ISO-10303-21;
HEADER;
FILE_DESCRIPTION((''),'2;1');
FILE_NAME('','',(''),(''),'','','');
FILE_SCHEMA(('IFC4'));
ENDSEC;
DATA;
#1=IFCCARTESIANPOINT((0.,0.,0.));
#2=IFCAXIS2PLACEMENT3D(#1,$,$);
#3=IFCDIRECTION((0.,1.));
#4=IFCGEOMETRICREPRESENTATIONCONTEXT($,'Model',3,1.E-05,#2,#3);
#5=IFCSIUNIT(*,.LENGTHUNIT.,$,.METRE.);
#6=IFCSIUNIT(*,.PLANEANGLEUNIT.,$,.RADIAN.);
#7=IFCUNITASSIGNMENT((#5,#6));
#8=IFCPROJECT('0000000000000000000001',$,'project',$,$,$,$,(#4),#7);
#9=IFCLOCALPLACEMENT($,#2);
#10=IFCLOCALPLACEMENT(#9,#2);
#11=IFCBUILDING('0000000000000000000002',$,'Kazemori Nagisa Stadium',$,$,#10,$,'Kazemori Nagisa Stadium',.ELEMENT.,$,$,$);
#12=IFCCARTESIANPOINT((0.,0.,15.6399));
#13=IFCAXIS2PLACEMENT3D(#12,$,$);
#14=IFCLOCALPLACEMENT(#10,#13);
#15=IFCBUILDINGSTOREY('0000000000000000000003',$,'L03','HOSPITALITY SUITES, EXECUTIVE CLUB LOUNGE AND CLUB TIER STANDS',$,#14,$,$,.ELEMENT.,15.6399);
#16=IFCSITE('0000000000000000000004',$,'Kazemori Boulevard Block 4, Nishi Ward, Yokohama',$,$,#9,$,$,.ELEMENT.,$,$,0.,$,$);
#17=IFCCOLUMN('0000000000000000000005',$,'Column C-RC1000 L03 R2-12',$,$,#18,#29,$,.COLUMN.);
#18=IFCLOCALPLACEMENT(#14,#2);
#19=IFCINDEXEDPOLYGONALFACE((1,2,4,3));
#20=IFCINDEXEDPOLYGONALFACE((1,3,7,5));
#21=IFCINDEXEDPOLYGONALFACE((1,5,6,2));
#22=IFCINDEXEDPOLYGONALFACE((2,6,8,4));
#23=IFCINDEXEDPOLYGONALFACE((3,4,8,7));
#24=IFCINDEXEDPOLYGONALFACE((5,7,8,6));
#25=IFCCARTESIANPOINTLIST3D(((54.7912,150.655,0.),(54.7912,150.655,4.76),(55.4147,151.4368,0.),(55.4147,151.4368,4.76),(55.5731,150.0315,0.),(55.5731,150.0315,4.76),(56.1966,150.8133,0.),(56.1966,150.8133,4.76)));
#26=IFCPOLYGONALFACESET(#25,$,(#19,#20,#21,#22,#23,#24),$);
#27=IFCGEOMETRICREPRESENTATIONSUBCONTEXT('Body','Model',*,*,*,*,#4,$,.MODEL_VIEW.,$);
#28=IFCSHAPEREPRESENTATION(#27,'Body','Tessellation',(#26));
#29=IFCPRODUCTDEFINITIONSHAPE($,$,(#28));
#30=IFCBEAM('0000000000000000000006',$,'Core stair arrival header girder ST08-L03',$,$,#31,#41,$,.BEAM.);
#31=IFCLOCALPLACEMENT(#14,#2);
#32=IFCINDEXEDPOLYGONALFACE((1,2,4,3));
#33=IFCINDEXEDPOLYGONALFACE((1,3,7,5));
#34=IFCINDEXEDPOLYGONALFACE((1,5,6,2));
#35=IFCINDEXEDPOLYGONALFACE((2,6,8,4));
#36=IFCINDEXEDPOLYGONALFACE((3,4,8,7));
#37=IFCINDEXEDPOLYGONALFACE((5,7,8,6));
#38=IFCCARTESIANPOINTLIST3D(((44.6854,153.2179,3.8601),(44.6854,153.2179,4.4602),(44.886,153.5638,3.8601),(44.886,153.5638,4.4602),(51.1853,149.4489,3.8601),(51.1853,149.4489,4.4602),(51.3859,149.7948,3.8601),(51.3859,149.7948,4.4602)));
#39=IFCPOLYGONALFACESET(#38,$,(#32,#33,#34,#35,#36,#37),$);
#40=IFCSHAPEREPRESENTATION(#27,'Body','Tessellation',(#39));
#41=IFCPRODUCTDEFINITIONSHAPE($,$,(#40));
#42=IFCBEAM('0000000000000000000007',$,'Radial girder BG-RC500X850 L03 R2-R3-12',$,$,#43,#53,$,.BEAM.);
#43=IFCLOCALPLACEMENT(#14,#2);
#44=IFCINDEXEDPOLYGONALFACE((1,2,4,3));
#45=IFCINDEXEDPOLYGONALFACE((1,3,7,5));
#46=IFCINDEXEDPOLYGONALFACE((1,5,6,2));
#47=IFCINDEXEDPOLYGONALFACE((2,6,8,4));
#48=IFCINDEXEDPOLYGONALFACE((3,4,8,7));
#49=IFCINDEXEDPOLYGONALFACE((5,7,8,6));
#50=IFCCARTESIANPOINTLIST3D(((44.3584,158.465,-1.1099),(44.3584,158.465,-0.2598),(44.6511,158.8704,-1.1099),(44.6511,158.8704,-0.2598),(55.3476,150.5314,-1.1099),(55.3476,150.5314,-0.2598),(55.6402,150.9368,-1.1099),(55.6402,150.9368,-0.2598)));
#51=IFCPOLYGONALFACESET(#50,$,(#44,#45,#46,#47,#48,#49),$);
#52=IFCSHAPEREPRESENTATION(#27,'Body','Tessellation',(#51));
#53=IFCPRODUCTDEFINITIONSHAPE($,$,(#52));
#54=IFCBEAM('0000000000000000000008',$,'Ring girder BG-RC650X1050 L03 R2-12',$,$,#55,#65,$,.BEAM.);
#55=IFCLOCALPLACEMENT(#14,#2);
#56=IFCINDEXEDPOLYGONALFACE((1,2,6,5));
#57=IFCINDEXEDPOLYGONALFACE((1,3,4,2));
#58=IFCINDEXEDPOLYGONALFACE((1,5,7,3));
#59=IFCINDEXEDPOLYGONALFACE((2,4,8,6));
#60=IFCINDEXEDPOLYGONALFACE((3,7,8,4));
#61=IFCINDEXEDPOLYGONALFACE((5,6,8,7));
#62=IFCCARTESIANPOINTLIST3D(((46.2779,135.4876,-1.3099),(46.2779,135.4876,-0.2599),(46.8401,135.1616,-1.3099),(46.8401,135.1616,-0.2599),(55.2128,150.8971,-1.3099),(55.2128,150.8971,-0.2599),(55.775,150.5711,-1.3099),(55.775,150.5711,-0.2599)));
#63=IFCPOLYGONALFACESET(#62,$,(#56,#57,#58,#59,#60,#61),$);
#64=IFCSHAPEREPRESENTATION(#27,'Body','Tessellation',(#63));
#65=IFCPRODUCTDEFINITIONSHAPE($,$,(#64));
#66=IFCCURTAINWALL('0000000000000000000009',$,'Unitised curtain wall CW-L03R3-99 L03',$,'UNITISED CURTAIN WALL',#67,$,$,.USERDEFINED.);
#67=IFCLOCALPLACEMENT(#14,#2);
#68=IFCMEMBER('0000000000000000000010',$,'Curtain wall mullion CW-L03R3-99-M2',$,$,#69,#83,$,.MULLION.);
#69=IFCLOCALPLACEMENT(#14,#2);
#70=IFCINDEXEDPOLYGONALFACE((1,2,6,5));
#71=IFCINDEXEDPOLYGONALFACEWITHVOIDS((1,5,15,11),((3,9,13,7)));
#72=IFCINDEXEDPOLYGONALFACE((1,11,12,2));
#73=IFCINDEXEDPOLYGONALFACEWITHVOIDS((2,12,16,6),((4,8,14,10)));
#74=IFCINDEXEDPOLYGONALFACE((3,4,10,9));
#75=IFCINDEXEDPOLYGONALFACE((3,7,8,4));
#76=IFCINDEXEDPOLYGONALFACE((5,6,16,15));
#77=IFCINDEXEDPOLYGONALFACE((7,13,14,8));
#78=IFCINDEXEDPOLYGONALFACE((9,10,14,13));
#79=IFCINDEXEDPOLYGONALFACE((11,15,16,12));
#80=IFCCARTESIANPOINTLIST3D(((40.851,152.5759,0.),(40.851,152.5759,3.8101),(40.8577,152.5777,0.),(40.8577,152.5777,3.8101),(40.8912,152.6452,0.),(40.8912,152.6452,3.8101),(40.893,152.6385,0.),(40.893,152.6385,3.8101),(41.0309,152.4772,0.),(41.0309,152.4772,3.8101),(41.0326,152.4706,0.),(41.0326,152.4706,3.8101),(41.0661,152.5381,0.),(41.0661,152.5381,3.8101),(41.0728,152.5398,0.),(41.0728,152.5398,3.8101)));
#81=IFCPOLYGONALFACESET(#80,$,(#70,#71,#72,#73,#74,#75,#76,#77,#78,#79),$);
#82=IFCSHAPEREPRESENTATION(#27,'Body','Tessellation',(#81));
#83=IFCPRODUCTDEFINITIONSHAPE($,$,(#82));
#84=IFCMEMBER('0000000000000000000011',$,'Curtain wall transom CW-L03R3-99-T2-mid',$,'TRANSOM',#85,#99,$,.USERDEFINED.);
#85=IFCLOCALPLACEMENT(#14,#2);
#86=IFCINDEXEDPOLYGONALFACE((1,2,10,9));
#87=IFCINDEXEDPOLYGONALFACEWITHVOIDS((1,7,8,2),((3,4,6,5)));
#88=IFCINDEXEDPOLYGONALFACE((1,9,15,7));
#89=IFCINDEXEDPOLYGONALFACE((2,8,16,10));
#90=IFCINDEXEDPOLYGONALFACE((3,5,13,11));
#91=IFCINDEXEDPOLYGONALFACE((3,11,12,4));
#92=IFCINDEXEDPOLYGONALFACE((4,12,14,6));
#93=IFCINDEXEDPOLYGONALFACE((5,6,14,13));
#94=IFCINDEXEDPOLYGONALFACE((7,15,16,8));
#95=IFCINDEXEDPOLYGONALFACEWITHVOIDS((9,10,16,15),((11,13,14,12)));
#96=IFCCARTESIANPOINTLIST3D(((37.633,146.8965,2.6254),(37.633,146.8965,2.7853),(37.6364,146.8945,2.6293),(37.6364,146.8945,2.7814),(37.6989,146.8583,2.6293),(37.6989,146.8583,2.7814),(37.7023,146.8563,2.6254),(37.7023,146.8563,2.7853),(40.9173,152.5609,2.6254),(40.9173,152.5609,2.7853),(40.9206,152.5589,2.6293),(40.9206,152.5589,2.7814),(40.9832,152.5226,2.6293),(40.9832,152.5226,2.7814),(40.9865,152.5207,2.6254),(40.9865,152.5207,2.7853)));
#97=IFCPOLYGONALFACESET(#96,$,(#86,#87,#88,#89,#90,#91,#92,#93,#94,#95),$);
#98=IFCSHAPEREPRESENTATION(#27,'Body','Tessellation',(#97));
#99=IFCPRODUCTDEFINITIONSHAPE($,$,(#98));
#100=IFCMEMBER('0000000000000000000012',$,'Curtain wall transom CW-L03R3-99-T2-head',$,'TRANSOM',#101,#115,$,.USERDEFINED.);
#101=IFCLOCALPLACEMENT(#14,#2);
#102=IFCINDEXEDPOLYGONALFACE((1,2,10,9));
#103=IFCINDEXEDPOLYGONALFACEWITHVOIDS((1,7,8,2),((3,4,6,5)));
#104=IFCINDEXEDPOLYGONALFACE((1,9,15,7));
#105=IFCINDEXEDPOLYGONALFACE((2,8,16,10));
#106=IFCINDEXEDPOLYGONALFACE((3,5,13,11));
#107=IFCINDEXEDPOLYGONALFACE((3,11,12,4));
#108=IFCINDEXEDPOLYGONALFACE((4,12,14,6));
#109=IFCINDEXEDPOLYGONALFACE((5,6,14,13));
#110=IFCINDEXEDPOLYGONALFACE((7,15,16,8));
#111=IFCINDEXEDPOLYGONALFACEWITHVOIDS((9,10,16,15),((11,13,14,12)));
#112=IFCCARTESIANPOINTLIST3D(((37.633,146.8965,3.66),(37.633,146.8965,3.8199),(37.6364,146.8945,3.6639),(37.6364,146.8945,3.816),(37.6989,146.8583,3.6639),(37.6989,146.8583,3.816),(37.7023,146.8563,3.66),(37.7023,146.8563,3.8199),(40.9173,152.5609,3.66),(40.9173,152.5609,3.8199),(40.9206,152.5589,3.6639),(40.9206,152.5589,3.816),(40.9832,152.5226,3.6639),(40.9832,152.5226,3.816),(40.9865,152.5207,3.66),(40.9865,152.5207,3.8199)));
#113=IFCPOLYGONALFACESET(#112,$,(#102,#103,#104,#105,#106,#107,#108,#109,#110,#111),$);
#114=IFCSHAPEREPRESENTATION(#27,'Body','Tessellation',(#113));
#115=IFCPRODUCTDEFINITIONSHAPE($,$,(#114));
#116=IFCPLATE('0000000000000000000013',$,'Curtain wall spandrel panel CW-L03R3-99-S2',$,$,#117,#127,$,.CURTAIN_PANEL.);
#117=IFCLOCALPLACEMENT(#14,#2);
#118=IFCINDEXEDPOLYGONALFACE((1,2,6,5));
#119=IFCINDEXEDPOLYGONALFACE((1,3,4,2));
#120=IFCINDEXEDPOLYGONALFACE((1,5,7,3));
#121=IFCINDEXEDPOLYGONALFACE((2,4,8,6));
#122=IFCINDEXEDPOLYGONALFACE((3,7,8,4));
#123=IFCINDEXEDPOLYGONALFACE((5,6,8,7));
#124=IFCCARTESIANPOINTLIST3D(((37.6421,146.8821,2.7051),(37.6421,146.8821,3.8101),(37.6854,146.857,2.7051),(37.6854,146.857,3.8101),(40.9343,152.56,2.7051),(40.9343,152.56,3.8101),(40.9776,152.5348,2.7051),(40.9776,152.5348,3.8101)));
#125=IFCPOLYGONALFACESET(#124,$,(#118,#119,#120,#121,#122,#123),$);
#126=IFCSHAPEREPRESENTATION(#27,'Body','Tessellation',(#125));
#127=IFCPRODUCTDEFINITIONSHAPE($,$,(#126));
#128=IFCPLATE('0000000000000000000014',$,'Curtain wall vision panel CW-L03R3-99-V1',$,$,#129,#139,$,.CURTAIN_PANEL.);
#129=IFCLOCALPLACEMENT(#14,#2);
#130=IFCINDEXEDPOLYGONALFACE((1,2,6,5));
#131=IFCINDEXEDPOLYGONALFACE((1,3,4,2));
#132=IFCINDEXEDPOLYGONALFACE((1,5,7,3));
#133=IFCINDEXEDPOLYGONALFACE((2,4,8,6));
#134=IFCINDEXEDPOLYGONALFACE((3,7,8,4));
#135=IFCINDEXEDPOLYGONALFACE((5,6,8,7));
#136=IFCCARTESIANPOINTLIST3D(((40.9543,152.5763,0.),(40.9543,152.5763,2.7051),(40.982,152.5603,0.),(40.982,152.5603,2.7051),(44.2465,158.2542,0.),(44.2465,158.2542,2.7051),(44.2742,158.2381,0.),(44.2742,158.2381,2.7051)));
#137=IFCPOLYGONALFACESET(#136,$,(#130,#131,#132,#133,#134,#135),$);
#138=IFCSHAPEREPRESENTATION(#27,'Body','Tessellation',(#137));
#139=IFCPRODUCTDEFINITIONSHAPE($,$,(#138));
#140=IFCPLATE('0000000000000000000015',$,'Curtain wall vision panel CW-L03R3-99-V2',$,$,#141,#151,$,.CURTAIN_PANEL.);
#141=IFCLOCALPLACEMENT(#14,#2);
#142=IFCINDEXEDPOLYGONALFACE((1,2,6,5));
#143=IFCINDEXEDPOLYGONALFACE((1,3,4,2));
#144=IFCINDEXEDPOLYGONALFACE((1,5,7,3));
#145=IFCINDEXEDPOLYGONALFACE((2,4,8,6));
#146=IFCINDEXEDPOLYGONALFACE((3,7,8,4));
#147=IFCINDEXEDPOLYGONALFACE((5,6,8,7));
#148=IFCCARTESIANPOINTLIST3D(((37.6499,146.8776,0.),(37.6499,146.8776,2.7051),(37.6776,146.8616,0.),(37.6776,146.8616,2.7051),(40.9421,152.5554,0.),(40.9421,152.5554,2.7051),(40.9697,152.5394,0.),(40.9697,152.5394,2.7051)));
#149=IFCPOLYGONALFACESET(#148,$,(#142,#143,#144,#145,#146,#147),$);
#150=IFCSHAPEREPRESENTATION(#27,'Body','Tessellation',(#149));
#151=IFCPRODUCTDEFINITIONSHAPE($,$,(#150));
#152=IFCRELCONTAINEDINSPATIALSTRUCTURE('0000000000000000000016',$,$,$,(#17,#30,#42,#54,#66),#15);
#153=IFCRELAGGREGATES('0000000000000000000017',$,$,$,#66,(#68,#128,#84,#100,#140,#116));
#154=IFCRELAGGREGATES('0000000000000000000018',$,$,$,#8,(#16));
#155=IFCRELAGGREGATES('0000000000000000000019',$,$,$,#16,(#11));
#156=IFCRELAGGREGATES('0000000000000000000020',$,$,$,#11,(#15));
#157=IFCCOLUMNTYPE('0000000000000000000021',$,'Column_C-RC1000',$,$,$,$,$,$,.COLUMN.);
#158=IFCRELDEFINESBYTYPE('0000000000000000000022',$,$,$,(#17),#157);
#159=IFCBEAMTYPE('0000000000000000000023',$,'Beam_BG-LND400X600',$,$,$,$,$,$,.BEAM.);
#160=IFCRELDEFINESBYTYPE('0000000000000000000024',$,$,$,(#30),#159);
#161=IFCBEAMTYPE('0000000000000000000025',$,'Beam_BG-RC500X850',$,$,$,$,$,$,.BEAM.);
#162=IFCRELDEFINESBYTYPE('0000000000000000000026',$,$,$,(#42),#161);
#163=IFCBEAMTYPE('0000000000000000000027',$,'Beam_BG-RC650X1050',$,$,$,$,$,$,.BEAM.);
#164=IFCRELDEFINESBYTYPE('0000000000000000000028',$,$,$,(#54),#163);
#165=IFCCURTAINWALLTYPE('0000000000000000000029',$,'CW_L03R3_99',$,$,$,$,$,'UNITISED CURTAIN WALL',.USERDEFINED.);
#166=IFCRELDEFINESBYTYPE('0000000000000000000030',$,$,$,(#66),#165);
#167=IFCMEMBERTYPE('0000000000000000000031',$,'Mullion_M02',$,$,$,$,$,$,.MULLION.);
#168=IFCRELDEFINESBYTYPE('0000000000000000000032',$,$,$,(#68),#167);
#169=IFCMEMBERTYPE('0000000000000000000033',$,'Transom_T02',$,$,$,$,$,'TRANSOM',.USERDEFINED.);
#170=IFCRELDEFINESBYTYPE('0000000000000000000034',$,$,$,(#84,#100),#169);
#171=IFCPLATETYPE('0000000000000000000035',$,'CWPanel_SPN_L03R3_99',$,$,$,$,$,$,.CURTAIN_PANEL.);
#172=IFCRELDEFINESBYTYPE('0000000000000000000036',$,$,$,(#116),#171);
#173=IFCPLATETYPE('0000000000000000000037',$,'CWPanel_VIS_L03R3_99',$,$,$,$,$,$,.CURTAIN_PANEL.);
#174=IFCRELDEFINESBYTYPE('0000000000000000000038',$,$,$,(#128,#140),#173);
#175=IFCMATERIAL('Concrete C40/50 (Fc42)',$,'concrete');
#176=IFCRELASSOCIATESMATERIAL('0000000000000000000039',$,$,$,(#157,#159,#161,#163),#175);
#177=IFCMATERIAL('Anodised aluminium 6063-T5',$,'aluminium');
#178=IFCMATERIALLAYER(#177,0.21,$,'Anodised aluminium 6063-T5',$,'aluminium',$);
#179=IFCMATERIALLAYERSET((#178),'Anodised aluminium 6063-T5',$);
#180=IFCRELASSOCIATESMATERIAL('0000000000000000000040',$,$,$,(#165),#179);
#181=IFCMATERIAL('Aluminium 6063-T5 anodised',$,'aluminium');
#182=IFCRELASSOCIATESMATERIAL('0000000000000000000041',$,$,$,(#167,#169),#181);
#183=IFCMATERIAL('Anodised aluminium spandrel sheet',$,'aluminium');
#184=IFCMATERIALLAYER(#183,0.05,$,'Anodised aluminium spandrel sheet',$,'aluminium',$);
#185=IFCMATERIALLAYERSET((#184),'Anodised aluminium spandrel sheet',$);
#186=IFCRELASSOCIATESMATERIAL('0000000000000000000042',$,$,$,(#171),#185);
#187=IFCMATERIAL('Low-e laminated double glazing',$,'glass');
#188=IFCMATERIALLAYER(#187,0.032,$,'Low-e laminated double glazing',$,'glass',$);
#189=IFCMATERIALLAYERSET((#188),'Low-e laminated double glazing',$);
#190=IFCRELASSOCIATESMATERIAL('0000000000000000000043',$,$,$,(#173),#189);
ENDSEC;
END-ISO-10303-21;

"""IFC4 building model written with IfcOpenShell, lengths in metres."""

from ifc_helpers import new_model, si_unit, direction, frame, origin, origin_2d, place, context, subcontext, project, spatial, rectangle, hollow_rectangle, extrude, material, layer, layer_set, material_profile, profile_set, type_object, element, aggregate, save


model = new_model("IFC4")

# Units and contexts
model_context = context("Model", 3, precision=1e-05, world=origin(), true_north=direction((0.0, 1.0)))
body_context = subcontext(model_context, "Body", "Model", "MODEL_VIEW")
ifc_project = project(units=[si_unit("LENGTHUNIT", "METRE"), si_unit("PLANEANGLEUNIT", "RADIAN")], contexts=[model_context])

# Site, building, storey
site_placement = place(None, origin())
site = spatial("IfcSite", under=ifc_project, at=site_placement, Name="Kazemori Boulevard Block 4, Nishi Ward, Yokohama", CompositionType="ELEMENT", RefElevation=0.0)
building_placement = place(site_placement, origin())
building = spatial("IfcBuilding", under=site, at=building_placement, Name="Kazemori Nagisa Stadium", LongName="Kazemori Nagisa Stadium", CompositionType="ELEMENT")
storey_placement = place(building_placement, frame((0.0, 0.0, 15.6399)))
storey = spatial("IfcBuildingStorey", under=building, at=storey_placement, Name="L03", Description="HOSPITALITY SUITES, EXECUTIVE CLUB LOUNGE AND CLUB TIER STANDS", CompositionType="ELEMENT", Elevation=15.6399)

# Column
ifc_material_1 = material(Name="Concrete C40/50 (Fc42)", Category="concrete")
ifc_material_profile_1 = material_profile(ifc_material_1, rectangle(XDim=1.0, YDim=1.0, at=origin_2d()), Name="RC-COL-1000x1000")
ifc_profile_set_1 = profile_set([ifc_material_profile_1], Name="Concrete C40/50 (Fc42)")
column_type = type_object("IfcColumnType", Name="Column_C-RC1000", PredefinedType="COLUMN", material=ifc_profile_set_1)
column_placement = place(storey_placement, frame((55.4939, 150.7341, 0.0), z_axis=(0.0, 0.0, 1.0), x_axis=(-0.781831, 0.62349, 0.0)))
element("IfcColumn", 1, at=column_placement, inside=storey, type_object=column_type, Name="Column C-RC1000 L03 R2-12", PredefinedType="COLUMN", context=body_context, shape_type="SweptSolid", body=[
    extrude(rectangle(XDim=1.0, YDim=1.0, at=origin_2d()), origin(), (0.0, 0.0, 1.0), 4.76),
])

# Beams
ifc_material_profile_2 = material_profile(ifc_material_1, rectangle(XDim=0.3999, YDim=0.6001, at=origin_2d()), Name="RC-BM-400x600")
ifc_profile_set_2 = profile_set([ifc_material_profile_2], Name="Concrete C40/50 (Fc42)")
beam_type_1 = type_object("IfcBeamType", Name="Beam_BG-LND400X600", PredefinedType="BEAM", material=ifc_profile_set_2)
beam_1_placement = place(storey_placement, frame((51.2856, 149.6218, 4.1602), z_axis=(-0.865086, 0.501623, 0.0), x_axis=(-0.501623, -0.865086, 0.0)))
element("IfcBeam", 2, at=beam_1_placement, inside=storey, type_object=beam_type_1, Name="Core stair arrival header girder ST08-L03", PredefinedType="BEAM", context=body_context, shape_type="SweptSolid", body=[
    extrude(rectangle(XDim=0.3999, YDim=0.6001, at=origin_2d()), origin(), (0.0, 0.0, 1.0), 7.5137),
])
ifc_material_profile_3 = material_profile(ifc_material_1, rectangle(XDim=0.5, YDim=0.8501, at=origin_2d()), Name="RC-BM-500x850")
ifc_profile_set_3 = profile_set([ifc_material_profile_3], Name="Concrete C40/50 (Fc42)")
beam_type_2 = type_object("IfcBeamType", Name="Beam_BG-RC500X850", PredefinedType="BEAM", material=ifc_profile_set_3)
beam_2_placement = place(storey_placement, frame((55.4939, 150.7341, -0.6848), z_axis=(-0.810788, 0.585341, 0.0), x_axis=(-0.585341, -0.810788, 0.0)))
element("IfcBeam", 3, at=beam_2_placement, inside=storey, type_object=beam_type_2, Name="Radial girder BG-RC500X850 L03 R2-R3-12", PredefinedType="BEAM", context=body_context, shape_type="SweptSolid", body=[
    extrude(rectangle(XDim=0.5, YDim=0.8501, at=origin_2d()), origin(), (0.0, 0.0, 1.0), 13.5537),
])
ifc_material_profile_4 = material_profile(ifc_material_1, rectangle(XDim=0.6499, YDim=1.05, at=origin_2d()), Name="RC-BM-650x1050")
ifc_profile_set_4 = profile_set([ifc_material_profile_4], Name="Concrete C40/50 (Fc42)")
beam_type_3 = type_object("IfcBeamType", Name="Beam_BG-RC650X1050", PredefinedType="BEAM", material=ifc_profile_set_4)
beam_3_placement = place(storey_placement, frame((55.4939, 150.7341, -0.7849), z_axis=(-0.501607, -0.865096, 0.0), x_axis=(0.865096, -0.501607, 0.0)))
element("IfcBeam", 4, at=beam_3_placement, inside=storey, type_object=beam_type_3, Name="Ring girder BG-RC650X1050 L03 R2-12", PredefinedType="BEAM", context=body_context, shape_type="SweptSolid", body=[
    extrude(rectangle(XDim=0.6499, YDim=1.05, at=origin_2d()), origin(), (0.0, 0.0, 1.0), 17.8125),
])

# Curtain wall, members, plates
ifc_material_2 = material(Name="Anodised aluminium 6063-T5", Category="aluminium")
ifc_layer_1 = layer(ifc_material_2, 0.21, Name="Anodised aluminium 6063-T5", Category="aluminium")
ifc_layer_set_1 = layer_set([ifc_layer_1], Name="Anodised aluminium 6063-T5")
curtain_wall_type = type_object("IfcCurtainWallType", Name="CW_L03R3_99", ElementType="UNITISED CURTAIN WALL", PredefinedType="USERDEFINED", material=ifc_layer_set_1)
curtain_wall_placement = place(storey_placement, origin())
curtain_wall = element("IfcCurtainWall", 5, at=curtain_wall_placement, inside=storey, type_object=curtain_wall_type, Name="Unitised curtain wall CW-L03R3-99 L03", ObjectType="UNITISED CURTAIN WALL", PredefinedType="USERDEFINED")
ifc_material_3 = material(Name="Aluminium 6063-T5 anodised", Category="aluminium")
ifc_material_profile_5 = material_profile(ifc_material_3, hollow_rectangle(XDim=0.0801, YDim=0.21, WallThickness=0.0049, at=origin_2d()), Name="ALU-MULL-80x210x5")
ifc_profile_set_5 = profile_set([ifc_material_profile_5], Name="Aluminium 6063-T5 anodised")
member_type_1 = type_object("IfcMemberType", Name="Mullion_M02", PredefinedType="MULLION", material=ifc_profile_set_5)
member_1_placement = place(storey_placement, frame((40.9619, 152.5579, 0.0), z_axis=(0.0, 0.0, 1.0), x_axis=(-0.501612, -0.865093, 0.0)))
member_1 = element("IfcMember", 6, at=member_1_placement, type_object=member_type_1, Name="Curtain wall mullion CW-L03R3-99-M2", PredefinedType="MULLION", context=body_context, shape_type="SweptSolid", body=[
    extrude(hollow_rectangle(XDim=0.0801, YDim=0.21, WallThickness=0.0049, at=origin_2d()), origin(), (0.0, 0.0, 1.0), 3.8101),
])
ifc_material_profile_6 = material_profile(ifc_material_3, hollow_rectangle(XDim=0.0801, YDim=0.1599, WallThickness=0.0039, at=origin_2d()), Name="ALU-TRAN-80x160x4")
ifc_profile_set_6 = profile_set([ifc_material_profile_6], Name="Aluminium 6063-T5 anodised")
member_type_2 = type_object("IfcMemberType", Name="Transom_T02", ElementType="TRANSOM", PredefinedType="USERDEFINED", material=ifc_profile_set_6)
member_2_placement = place(storey_placement, frame((40.9519, 152.5408, 2.7053), z_axis=(-0.50159, -0.865105, 0.0), x_axis=(0.865105, -0.50159, 0.0)))
member_2 = element("IfcMember", 7, at=member_2_placement, type_object=member_type_2, Name="Curtain wall transom CW-L03R3-99-T2-mid", ObjectType="TRANSOM", PredefinedType="USERDEFINED", context=body_context, shape_type="SweptSolid", body=[
    extrude(hollow_rectangle(XDim=0.0801, YDim=0.1599, WallThickness=0.0039, at=origin_2d()), origin(), (0.0, 0.0, 1.0), 6.5476),
])
member_3_placement = place(storey_placement, frame((40.9519, 152.5408, 3.74), z_axis=(-0.50159, -0.865105, 0.0), x_axis=(0.865105, -0.50159, 0.0)))
member_3 = element("IfcMember", 8, at=member_3_placement, type_object=member_type_2, Name="Curtain wall transom CW-L03R3-99-T2-head", ObjectType="TRANSOM", PredefinedType="USERDEFINED", context=body_context, shape_type="SweptSolid", body=[
    extrude(hollow_rectangle(XDim=0.0801, YDim=0.1599, WallThickness=0.0039, at=origin_2d()), origin(), (0.0, 0.0, 1.0), 6.5476),
])
ifc_material_4 = material(Name="Anodised aluminium spandrel sheet", Category="aluminium")
ifc_layer_2 = layer(ifc_material_4, 0.05, Name="Anodised aluminium spandrel sheet", Category="aluminium")
ifc_layer_set_2 = layer_set([ifc_layer_2], Name="Anodised aluminium spandrel sheet")
plate_type_1 = type_object("IfcPlateType", Name="CWPanel_SPN_L03R3_99", PredefinedType="CURTAIN_PANEL", material=ifc_layer_set_2)
plate_1_placement = place(storey_placement, frame((39.3098, 149.7085, 2.7051), z_axis=(0.0, 0.0, 1.0), x_axis=(-0.501612, -0.865093, 0.0)))
plate_1 = element("IfcPlate", 9, at=plate_1_placement, type_object=plate_type_1, Name="Curtain wall spandrel panel CW-L03R3-99-S2", PredefinedType="CURTAIN_PANEL", context=body_context, shape_type="SweptSolid", body=[
    extrude(rectangle(XDim=6.5632, YDim=0.05, at=origin_2d()), origin(), (0.0, 0.0, 1.0), 1.105),
])
ifc_material_5 = material(Name="Low-e laminated double glazing", Category="glass")
ifc_layer_3 = layer(ifc_material_5, 0.032, Name="Low-e laminated double glazing", Category="glass")
ifc_layer_set_3 = layer_set([ifc_layer_3], Name="Low-e laminated double glazing")
plate_type_2 = type_object("IfcPlateType", Name="CWPanel_VIS_L03R3_99", PredefinedType="CURTAIN_PANEL", material=ifc_layer_set_3)
plate_2_placement = place(storey_placement, frame((42.6143, 155.4072, 0.0), z_axis=(0.0, 0.0, 1.0), x_axis=(-0.501612, -0.865093, 0.0)))
plate_2 = element("IfcPlate", 10, at=plate_2_placement, type_object=plate_type_2, Name="Curtain wall vision panel CW-L03R3-99-V1", PredefinedType="CURTAIN_PANEL", context=body_context, shape_type="SweptSolid", body=[
    extrude(rectangle(XDim=6.5632, YDim=0.032, at=origin_2d()), origin(), (0.0, 0.0, 1.0), 2.7051),
])
plate_3_placement = place(storey_placement, frame((39.3098, 149.7085, 0.0), z_axis=(0.0, 0.0, 1.0), x_axis=(-0.501612, -0.865093, 0.0)))
plate_3 = element("IfcPlate", 11, at=plate_3_placement, type_object=plate_type_2, Name="Curtain wall vision panel CW-L03R3-99-V2", PredefinedType="CURTAIN_PANEL", context=body_context, shape_type="SweptSolid", body=[
    extrude(rectangle(XDim=6.5632, YDim=0.032, at=origin_2d()), origin(), (0.0, 0.0, 1.0), 2.7051),
])
aggregate(curtain_wall, [member_1, plate_2, member_2, member_3, plate_3, plate_1])

save(model, "model.ifc")
